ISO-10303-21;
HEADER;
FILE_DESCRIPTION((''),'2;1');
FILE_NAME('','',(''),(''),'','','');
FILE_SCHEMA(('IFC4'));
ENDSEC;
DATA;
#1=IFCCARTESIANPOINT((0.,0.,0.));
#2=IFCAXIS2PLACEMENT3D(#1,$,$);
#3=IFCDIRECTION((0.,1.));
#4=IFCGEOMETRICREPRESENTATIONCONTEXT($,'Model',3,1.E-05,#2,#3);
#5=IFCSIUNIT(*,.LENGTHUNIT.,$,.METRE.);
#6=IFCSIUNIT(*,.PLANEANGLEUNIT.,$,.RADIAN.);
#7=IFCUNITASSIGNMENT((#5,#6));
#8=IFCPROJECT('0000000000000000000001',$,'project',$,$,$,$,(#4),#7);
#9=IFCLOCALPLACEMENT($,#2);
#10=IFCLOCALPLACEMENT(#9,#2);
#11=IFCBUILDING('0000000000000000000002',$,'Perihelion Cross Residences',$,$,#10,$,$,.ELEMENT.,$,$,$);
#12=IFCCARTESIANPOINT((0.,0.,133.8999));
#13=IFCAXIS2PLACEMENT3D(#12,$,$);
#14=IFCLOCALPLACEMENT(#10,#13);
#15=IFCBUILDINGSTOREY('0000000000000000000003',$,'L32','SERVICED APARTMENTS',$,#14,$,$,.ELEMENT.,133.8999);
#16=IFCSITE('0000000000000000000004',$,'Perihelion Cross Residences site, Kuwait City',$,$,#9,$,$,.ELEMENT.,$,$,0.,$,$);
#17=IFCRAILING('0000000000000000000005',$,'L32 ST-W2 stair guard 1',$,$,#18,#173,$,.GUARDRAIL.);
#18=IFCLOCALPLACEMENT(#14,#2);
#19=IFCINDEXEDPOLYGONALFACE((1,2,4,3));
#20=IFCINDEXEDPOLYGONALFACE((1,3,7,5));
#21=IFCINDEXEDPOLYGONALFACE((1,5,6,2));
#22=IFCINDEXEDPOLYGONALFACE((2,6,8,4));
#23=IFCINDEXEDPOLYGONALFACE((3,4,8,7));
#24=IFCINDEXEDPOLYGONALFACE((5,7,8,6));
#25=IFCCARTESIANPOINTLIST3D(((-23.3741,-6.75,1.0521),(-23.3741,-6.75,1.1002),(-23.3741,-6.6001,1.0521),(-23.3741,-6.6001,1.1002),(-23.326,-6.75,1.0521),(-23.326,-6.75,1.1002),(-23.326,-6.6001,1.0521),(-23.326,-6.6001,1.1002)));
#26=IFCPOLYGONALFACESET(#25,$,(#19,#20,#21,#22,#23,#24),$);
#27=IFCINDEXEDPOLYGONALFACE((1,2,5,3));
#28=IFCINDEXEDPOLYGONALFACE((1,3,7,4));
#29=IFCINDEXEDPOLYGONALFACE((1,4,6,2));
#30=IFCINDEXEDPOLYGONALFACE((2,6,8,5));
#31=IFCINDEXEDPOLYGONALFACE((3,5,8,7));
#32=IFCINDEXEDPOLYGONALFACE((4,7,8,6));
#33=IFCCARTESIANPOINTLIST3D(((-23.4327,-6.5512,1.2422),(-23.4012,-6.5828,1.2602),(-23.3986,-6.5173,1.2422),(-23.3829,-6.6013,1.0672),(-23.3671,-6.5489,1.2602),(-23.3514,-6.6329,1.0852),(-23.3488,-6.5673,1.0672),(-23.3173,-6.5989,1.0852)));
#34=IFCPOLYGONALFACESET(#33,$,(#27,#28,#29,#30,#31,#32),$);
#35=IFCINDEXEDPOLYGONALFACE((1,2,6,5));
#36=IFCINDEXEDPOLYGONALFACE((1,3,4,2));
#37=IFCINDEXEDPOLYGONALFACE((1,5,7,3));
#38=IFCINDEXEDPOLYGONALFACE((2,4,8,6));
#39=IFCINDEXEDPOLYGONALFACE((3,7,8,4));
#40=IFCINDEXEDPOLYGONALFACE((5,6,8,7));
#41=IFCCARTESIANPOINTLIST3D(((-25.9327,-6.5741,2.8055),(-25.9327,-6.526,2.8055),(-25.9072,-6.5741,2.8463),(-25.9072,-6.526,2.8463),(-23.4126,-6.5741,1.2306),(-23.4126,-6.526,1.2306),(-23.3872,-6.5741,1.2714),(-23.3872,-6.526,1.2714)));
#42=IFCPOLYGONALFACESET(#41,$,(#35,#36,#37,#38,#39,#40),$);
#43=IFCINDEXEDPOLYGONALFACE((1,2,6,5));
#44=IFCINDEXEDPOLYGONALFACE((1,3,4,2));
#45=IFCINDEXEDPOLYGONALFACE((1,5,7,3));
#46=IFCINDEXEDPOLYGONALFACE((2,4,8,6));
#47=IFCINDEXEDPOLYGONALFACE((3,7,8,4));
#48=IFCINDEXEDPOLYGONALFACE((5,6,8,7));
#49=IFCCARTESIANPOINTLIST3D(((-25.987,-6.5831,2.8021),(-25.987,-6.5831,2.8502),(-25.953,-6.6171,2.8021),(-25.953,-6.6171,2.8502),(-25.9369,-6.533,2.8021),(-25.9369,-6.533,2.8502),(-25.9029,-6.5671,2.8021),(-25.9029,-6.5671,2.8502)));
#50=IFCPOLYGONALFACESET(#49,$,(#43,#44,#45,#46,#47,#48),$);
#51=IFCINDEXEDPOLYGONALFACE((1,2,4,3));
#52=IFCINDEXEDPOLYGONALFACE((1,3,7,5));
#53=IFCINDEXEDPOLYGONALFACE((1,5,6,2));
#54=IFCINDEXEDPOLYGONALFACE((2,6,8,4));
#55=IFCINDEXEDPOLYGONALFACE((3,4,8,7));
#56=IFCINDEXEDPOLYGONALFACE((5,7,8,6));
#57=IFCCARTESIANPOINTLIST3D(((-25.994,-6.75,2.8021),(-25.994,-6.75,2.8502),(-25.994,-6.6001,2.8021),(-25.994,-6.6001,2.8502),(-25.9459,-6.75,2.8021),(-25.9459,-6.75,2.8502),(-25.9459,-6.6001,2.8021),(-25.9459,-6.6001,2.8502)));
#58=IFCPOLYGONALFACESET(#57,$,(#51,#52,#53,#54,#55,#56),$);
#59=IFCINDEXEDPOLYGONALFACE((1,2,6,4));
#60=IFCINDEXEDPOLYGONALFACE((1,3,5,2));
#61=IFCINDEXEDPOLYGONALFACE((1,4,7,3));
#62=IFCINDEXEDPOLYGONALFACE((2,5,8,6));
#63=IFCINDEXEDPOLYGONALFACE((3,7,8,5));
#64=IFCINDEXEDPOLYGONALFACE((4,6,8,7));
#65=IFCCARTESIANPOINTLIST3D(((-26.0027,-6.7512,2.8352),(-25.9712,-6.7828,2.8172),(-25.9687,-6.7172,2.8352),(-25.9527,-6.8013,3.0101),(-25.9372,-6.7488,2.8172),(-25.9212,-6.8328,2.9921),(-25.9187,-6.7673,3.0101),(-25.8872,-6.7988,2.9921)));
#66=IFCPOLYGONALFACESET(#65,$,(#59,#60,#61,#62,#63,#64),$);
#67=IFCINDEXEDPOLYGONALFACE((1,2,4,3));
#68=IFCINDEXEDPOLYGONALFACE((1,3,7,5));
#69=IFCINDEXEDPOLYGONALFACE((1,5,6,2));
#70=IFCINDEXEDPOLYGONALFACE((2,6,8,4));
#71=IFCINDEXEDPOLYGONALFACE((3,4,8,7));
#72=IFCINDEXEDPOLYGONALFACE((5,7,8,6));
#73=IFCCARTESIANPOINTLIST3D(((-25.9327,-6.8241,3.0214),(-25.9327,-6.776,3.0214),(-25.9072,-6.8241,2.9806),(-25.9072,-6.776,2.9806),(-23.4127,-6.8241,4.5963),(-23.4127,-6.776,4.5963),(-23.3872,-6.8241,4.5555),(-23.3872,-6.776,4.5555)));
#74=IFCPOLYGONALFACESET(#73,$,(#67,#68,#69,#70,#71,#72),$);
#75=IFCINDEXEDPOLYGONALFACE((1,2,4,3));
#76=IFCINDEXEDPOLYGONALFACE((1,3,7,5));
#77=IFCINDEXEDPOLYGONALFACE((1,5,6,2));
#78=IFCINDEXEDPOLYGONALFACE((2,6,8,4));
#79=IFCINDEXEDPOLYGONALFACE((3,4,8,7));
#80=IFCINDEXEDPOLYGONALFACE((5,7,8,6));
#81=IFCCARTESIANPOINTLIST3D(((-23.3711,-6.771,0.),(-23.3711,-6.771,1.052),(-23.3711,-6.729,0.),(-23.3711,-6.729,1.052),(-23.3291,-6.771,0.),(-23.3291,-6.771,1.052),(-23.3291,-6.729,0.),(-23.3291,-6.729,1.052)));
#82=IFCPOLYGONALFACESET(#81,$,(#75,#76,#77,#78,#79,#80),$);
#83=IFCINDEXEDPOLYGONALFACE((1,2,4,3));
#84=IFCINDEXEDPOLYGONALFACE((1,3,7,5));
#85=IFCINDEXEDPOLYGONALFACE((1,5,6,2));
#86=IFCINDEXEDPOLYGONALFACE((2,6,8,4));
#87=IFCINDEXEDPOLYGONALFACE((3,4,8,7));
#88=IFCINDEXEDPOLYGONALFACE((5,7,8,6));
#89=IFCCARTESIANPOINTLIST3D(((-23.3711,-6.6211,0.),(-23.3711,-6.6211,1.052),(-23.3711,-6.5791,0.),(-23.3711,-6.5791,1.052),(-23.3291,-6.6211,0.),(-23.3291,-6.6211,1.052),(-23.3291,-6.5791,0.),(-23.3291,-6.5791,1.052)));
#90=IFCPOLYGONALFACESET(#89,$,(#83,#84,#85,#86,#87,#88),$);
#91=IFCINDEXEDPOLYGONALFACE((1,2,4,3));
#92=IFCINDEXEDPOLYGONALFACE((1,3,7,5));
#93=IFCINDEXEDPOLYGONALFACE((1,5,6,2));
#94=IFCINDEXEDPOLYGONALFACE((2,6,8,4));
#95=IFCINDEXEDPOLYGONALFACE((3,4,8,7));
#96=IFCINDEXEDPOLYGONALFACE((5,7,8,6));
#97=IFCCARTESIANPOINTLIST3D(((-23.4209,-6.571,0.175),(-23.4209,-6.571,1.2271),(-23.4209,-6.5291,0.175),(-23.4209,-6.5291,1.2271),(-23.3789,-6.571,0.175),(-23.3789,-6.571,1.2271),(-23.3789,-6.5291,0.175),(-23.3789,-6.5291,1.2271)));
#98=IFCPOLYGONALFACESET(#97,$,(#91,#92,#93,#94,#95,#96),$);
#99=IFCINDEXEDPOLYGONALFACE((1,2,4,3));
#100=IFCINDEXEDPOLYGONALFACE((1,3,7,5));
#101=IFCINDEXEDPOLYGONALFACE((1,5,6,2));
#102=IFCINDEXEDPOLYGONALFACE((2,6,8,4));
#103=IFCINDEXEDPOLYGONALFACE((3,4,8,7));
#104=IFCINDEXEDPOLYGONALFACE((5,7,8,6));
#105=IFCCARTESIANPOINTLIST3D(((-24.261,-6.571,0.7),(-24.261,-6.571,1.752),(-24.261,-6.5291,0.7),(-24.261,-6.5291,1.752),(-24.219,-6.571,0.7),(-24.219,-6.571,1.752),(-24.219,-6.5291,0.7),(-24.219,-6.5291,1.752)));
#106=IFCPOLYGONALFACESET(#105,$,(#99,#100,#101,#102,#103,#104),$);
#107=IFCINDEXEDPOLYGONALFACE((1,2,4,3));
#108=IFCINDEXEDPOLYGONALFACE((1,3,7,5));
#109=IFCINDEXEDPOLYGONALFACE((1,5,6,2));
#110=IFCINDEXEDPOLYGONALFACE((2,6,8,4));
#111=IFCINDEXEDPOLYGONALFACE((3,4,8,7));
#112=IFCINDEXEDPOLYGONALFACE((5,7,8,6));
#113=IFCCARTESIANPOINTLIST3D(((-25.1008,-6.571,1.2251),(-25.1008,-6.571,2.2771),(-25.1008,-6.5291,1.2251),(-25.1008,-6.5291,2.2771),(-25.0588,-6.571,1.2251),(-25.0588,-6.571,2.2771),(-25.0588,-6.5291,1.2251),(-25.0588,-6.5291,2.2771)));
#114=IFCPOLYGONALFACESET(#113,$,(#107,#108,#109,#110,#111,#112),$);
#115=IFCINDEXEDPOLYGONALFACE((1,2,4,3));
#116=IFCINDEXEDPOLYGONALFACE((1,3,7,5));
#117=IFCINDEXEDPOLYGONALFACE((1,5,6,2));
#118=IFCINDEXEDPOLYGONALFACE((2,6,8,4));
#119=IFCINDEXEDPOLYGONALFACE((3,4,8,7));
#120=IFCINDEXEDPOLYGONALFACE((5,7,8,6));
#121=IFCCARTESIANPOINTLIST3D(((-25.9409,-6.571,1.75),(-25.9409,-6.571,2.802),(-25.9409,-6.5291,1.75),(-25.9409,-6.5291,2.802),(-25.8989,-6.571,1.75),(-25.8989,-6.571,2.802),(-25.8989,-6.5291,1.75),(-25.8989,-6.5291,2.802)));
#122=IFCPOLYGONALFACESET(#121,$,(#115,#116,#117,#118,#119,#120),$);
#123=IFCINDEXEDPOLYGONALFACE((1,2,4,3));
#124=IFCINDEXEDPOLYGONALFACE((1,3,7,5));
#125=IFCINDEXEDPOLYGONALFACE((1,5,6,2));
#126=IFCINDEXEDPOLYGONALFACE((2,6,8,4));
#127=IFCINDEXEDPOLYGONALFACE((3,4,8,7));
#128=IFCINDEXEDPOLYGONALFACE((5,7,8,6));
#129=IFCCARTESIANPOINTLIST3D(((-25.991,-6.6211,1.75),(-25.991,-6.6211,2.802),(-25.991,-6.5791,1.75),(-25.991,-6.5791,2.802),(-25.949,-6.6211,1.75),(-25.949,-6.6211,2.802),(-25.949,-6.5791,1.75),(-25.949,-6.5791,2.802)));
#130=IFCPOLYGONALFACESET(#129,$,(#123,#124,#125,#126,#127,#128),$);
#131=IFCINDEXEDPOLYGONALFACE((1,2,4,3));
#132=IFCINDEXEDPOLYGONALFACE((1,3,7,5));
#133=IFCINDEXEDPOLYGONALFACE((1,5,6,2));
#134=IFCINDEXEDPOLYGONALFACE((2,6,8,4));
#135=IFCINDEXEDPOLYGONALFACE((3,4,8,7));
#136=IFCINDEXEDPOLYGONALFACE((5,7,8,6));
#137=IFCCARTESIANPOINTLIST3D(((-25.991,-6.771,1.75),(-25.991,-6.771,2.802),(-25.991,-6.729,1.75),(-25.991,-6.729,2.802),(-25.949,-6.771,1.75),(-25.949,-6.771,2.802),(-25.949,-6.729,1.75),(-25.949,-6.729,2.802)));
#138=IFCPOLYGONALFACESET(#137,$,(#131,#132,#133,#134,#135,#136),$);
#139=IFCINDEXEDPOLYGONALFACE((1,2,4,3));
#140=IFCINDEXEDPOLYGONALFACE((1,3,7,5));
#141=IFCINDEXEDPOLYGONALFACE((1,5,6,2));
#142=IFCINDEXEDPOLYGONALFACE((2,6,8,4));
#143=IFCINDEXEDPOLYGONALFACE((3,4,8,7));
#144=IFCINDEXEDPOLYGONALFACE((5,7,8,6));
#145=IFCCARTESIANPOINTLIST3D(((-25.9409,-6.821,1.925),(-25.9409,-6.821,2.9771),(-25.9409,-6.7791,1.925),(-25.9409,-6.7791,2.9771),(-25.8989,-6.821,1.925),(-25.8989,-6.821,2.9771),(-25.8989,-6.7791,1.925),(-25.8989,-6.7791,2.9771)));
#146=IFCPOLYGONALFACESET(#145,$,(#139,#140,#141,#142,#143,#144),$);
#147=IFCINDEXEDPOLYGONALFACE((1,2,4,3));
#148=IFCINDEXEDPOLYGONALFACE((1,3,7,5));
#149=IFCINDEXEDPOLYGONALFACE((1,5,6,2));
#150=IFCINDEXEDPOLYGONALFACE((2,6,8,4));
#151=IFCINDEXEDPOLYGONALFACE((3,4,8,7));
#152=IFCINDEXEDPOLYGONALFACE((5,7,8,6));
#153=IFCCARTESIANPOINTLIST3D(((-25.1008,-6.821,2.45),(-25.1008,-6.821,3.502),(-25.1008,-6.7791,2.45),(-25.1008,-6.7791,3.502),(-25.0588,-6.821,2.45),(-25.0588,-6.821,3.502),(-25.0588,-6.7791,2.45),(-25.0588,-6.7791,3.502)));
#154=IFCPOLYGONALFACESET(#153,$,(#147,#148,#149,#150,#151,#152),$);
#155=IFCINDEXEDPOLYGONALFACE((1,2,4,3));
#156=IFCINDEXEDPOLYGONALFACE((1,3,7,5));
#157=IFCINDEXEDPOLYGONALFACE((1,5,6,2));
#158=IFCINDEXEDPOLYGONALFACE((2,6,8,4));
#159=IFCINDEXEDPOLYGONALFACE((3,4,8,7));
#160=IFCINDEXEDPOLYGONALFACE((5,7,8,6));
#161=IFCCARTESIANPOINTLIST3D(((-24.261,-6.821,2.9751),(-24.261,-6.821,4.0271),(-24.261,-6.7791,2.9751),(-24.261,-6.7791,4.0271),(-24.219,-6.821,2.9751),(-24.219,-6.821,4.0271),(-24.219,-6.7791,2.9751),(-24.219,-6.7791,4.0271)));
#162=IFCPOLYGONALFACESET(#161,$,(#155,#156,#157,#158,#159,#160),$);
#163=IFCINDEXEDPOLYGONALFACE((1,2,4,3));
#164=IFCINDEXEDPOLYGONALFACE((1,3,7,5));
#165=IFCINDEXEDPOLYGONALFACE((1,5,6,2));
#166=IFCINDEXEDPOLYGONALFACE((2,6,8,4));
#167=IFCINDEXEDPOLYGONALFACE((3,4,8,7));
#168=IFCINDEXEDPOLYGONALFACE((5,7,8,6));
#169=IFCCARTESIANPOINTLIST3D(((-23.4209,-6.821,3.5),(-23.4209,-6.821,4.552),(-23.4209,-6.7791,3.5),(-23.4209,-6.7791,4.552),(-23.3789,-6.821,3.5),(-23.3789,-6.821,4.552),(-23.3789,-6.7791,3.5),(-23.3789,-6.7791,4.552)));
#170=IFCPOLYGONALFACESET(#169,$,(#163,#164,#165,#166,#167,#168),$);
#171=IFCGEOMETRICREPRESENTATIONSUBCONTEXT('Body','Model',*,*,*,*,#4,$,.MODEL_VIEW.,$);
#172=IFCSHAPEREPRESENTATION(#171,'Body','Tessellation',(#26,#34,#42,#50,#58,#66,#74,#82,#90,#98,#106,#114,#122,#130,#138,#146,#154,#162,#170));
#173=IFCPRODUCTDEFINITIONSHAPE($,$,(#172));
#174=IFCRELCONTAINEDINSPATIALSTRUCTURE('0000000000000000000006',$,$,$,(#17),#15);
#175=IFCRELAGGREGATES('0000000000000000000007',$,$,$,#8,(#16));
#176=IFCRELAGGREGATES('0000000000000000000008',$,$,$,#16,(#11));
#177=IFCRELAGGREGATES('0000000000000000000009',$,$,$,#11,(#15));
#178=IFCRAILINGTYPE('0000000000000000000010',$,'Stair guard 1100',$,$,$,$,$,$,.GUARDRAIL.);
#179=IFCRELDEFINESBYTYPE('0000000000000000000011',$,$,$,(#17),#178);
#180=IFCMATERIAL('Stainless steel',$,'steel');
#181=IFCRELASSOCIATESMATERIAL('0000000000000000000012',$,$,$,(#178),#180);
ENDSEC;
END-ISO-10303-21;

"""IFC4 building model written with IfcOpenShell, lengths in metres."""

from ifc_helpers import new_model, si_unit, direction, frame, origin, origin_2d, place, context, subcontext, project, spatial, rectangle, extrude, material, type_object, element, save


model = new_model("IFC4")

# Units and contexts
model_context = context("Model", 3, precision=1e-05, world=origin(), true_north=direction((0.0, 1.0)))
body_context = subcontext(model_context, "Body", "Model", "MODEL_VIEW")
ifc_project = project(units=[si_unit("LENGTHUNIT", "METRE"), si_unit("PLANEANGLEUNIT", "RADIAN")], contexts=[model_context])

# Site, building, storey
site_placement = place(None, origin())
site = spatial("IfcSite", under=ifc_project, at=site_placement, Name="Perihelion Cross Residences site, Kuwait City", CompositionType="ELEMENT", RefElevation=0.0)
building_placement = place(site_placement, origin())
building = spatial("IfcBuilding", under=site, at=building_placement, Name="Perihelion Cross Residences", CompositionType="ELEMENT")
storey_placement = place(building_placement, frame((0.0, 0.0, 133.8999)))
storey = spatial("IfcBuildingStorey", under=building, at=storey_placement, Name="L32", Description="SERVICED APARTMENTS", CompositionType="ELEMENT", Elevation=133.8999)

# Railing
ifc_material_1 = material(Name="Stainless steel", Category="steel")
railing_type_1 = type_object("IfcRailingType", Name="Stair guard 1100", PredefinedType="GUARDRAIL", material=ifc_material_1)
railing_1_placement = place(storey_placement, frame((-23.3501, -6.75, 0.0)))
element("IfcRailing", 1, at=railing_1_placement, inside=storey, type_object=railing_type_1, Name="L32 ST-W2 stair guard 1", PredefinedType="GUARDRAIL", context=body_context, shape_type="SweptSolid", body=[
    extrude(rectangle(XDim=0.0481, YDim=0.0481, at=origin_2d()), frame((0.0, 0.0, 1.0762), z_axis=(0.0, 1.0, 0.0), x_axis=(-1.0, 0.0, 0.0)), (0.0, 0.0, 1.0), 0.1499),
    extrude(rectangle(XDim=0.0481, YDim=0.0481, at=origin_2d()), frame((0.0, 0.1499, 1.0762), z_axis=(-0.263862, 0.265156, 0.927399), x_axis=(-0.708834, -0.705376, 0.0)), (0.0, 0.0, 1.0), 0.1887),
    extrude(rectangle(XDim=0.0481, YDim=0.0481, at=origin_2d()), frame((-0.0498, 0.2, 1.251), z_axis=(-0.848008, 0.0, 0.529984), x_axis=(0.0, -1.0, 0.0)), (0.0, 0.0, 1.0), 2.9717),
    extrude(rectangle(XDim=0.0481, YDim=0.0481, at=origin_2d()), frame((-2.5698, 0.2, 2.8262), z_axis=(-0.707107, -0.707107, 0.0), x_axis=(0.707107, -0.707107, 0.0)), (0.0, 0.0, 1.0), 0.0708),
    extrude(rectangle(XDim=0.0481, YDim=0.0481, at=origin_2d()), frame((-2.6199, 0.1499, 2.8262), z_axis=(0.0, -1.0, 0.0), x_axis=(1.0, 0.0, 0.0)), (0.0, 0.0, 1.0), 0.1499),
    extrude(rectangle(XDim=0.0481, YDim=0.0481, at=origin_2d()), frame((-2.6199, 0.0, 2.8262), z_axis=(0.265065, -0.265065, 0.927082), x_axis=(0.707107, 0.707107, 0.0)), (0.0, 0.0, 1.0), 0.1887),
    extrude(rectangle(XDim=0.0481, YDim=0.0481, at=origin_2d()), frame((-2.5698, -0.05, 3.001), z_axis=(0.848008, 0.0, 0.529984), x_axis=(0.0, 1.0, 0.0)), (0.0, 0.0, 1.0), 2.9717),
    extrude(rectangle(XDim=0.042, YDim=0.042, at=origin_2d()), origin(), (0.0, 0.0, 1.0), 1.052),
    extrude(rectangle(XDim=0.042, YDim=0.042, at=origin_2d()), frame((0.0, 0.1499, 0.0)), (0.0, 0.0, 1.0), 1.052),
    extrude(rectangle(XDim=0.042, YDim=0.042, at=origin_2d()), frame((-0.0498, 0.2, 0.175)), (0.0, 0.0, 1.0), 1.052),
    extrude(rectangle(XDim=0.042, YDim=0.042, at=origin_2d()), frame((-0.8899, 0.2, 0.7)), (0.0, 0.0, 1.0), 1.052),
    extrude(rectangle(XDim=0.042, YDim=0.042, at=origin_2d()), frame((-1.7297, 0.2, 1.2251)), (0.0, 0.0, 1.0), 1.052),
    extrude(rectangle(XDim=0.042, YDim=0.042, at=origin_2d()), frame((-2.5698, 0.2, 1.75)), (0.0, 0.0, 1.0), 1.052),
    extrude(rectangle(XDim=0.042, YDim=0.042, at=origin_2d()), frame((-2.6199, 0.1499, 1.75)), (0.0, 0.0, 1.0), 1.052),
    extrude(rectangle(XDim=0.042, YDim=0.042, at=origin_2d()), frame((-2.6199, 0.0, 1.75)), (0.0, 0.0, 1.0), 1.052),
    extrude(rectangle(XDim=0.042, YDim=0.042, at=origin_2d()), frame((-2.5698, -0.05, 1.925)), (0.0, 0.0, 1.0), 1.052),
    extrude(rectangle(XDim=0.042, YDim=0.042, at=origin_2d()), frame((-1.7297, -0.05, 2.45)), (0.0, 0.0, 1.0), 1.052),
    extrude(rectangle(XDim=0.042, YDim=0.042, at=origin_2d()), frame((-0.8899, -0.05, 2.9751)), (0.0, 0.0, 1.0), 1.052),
    extrude(rectangle(XDim=0.042, YDim=0.042, at=origin_2d()), frame((-0.0498, -0.05, 3.5)), (0.0, 0.0, 1.0), 1.052),
])

save(model, "model.ifc")
